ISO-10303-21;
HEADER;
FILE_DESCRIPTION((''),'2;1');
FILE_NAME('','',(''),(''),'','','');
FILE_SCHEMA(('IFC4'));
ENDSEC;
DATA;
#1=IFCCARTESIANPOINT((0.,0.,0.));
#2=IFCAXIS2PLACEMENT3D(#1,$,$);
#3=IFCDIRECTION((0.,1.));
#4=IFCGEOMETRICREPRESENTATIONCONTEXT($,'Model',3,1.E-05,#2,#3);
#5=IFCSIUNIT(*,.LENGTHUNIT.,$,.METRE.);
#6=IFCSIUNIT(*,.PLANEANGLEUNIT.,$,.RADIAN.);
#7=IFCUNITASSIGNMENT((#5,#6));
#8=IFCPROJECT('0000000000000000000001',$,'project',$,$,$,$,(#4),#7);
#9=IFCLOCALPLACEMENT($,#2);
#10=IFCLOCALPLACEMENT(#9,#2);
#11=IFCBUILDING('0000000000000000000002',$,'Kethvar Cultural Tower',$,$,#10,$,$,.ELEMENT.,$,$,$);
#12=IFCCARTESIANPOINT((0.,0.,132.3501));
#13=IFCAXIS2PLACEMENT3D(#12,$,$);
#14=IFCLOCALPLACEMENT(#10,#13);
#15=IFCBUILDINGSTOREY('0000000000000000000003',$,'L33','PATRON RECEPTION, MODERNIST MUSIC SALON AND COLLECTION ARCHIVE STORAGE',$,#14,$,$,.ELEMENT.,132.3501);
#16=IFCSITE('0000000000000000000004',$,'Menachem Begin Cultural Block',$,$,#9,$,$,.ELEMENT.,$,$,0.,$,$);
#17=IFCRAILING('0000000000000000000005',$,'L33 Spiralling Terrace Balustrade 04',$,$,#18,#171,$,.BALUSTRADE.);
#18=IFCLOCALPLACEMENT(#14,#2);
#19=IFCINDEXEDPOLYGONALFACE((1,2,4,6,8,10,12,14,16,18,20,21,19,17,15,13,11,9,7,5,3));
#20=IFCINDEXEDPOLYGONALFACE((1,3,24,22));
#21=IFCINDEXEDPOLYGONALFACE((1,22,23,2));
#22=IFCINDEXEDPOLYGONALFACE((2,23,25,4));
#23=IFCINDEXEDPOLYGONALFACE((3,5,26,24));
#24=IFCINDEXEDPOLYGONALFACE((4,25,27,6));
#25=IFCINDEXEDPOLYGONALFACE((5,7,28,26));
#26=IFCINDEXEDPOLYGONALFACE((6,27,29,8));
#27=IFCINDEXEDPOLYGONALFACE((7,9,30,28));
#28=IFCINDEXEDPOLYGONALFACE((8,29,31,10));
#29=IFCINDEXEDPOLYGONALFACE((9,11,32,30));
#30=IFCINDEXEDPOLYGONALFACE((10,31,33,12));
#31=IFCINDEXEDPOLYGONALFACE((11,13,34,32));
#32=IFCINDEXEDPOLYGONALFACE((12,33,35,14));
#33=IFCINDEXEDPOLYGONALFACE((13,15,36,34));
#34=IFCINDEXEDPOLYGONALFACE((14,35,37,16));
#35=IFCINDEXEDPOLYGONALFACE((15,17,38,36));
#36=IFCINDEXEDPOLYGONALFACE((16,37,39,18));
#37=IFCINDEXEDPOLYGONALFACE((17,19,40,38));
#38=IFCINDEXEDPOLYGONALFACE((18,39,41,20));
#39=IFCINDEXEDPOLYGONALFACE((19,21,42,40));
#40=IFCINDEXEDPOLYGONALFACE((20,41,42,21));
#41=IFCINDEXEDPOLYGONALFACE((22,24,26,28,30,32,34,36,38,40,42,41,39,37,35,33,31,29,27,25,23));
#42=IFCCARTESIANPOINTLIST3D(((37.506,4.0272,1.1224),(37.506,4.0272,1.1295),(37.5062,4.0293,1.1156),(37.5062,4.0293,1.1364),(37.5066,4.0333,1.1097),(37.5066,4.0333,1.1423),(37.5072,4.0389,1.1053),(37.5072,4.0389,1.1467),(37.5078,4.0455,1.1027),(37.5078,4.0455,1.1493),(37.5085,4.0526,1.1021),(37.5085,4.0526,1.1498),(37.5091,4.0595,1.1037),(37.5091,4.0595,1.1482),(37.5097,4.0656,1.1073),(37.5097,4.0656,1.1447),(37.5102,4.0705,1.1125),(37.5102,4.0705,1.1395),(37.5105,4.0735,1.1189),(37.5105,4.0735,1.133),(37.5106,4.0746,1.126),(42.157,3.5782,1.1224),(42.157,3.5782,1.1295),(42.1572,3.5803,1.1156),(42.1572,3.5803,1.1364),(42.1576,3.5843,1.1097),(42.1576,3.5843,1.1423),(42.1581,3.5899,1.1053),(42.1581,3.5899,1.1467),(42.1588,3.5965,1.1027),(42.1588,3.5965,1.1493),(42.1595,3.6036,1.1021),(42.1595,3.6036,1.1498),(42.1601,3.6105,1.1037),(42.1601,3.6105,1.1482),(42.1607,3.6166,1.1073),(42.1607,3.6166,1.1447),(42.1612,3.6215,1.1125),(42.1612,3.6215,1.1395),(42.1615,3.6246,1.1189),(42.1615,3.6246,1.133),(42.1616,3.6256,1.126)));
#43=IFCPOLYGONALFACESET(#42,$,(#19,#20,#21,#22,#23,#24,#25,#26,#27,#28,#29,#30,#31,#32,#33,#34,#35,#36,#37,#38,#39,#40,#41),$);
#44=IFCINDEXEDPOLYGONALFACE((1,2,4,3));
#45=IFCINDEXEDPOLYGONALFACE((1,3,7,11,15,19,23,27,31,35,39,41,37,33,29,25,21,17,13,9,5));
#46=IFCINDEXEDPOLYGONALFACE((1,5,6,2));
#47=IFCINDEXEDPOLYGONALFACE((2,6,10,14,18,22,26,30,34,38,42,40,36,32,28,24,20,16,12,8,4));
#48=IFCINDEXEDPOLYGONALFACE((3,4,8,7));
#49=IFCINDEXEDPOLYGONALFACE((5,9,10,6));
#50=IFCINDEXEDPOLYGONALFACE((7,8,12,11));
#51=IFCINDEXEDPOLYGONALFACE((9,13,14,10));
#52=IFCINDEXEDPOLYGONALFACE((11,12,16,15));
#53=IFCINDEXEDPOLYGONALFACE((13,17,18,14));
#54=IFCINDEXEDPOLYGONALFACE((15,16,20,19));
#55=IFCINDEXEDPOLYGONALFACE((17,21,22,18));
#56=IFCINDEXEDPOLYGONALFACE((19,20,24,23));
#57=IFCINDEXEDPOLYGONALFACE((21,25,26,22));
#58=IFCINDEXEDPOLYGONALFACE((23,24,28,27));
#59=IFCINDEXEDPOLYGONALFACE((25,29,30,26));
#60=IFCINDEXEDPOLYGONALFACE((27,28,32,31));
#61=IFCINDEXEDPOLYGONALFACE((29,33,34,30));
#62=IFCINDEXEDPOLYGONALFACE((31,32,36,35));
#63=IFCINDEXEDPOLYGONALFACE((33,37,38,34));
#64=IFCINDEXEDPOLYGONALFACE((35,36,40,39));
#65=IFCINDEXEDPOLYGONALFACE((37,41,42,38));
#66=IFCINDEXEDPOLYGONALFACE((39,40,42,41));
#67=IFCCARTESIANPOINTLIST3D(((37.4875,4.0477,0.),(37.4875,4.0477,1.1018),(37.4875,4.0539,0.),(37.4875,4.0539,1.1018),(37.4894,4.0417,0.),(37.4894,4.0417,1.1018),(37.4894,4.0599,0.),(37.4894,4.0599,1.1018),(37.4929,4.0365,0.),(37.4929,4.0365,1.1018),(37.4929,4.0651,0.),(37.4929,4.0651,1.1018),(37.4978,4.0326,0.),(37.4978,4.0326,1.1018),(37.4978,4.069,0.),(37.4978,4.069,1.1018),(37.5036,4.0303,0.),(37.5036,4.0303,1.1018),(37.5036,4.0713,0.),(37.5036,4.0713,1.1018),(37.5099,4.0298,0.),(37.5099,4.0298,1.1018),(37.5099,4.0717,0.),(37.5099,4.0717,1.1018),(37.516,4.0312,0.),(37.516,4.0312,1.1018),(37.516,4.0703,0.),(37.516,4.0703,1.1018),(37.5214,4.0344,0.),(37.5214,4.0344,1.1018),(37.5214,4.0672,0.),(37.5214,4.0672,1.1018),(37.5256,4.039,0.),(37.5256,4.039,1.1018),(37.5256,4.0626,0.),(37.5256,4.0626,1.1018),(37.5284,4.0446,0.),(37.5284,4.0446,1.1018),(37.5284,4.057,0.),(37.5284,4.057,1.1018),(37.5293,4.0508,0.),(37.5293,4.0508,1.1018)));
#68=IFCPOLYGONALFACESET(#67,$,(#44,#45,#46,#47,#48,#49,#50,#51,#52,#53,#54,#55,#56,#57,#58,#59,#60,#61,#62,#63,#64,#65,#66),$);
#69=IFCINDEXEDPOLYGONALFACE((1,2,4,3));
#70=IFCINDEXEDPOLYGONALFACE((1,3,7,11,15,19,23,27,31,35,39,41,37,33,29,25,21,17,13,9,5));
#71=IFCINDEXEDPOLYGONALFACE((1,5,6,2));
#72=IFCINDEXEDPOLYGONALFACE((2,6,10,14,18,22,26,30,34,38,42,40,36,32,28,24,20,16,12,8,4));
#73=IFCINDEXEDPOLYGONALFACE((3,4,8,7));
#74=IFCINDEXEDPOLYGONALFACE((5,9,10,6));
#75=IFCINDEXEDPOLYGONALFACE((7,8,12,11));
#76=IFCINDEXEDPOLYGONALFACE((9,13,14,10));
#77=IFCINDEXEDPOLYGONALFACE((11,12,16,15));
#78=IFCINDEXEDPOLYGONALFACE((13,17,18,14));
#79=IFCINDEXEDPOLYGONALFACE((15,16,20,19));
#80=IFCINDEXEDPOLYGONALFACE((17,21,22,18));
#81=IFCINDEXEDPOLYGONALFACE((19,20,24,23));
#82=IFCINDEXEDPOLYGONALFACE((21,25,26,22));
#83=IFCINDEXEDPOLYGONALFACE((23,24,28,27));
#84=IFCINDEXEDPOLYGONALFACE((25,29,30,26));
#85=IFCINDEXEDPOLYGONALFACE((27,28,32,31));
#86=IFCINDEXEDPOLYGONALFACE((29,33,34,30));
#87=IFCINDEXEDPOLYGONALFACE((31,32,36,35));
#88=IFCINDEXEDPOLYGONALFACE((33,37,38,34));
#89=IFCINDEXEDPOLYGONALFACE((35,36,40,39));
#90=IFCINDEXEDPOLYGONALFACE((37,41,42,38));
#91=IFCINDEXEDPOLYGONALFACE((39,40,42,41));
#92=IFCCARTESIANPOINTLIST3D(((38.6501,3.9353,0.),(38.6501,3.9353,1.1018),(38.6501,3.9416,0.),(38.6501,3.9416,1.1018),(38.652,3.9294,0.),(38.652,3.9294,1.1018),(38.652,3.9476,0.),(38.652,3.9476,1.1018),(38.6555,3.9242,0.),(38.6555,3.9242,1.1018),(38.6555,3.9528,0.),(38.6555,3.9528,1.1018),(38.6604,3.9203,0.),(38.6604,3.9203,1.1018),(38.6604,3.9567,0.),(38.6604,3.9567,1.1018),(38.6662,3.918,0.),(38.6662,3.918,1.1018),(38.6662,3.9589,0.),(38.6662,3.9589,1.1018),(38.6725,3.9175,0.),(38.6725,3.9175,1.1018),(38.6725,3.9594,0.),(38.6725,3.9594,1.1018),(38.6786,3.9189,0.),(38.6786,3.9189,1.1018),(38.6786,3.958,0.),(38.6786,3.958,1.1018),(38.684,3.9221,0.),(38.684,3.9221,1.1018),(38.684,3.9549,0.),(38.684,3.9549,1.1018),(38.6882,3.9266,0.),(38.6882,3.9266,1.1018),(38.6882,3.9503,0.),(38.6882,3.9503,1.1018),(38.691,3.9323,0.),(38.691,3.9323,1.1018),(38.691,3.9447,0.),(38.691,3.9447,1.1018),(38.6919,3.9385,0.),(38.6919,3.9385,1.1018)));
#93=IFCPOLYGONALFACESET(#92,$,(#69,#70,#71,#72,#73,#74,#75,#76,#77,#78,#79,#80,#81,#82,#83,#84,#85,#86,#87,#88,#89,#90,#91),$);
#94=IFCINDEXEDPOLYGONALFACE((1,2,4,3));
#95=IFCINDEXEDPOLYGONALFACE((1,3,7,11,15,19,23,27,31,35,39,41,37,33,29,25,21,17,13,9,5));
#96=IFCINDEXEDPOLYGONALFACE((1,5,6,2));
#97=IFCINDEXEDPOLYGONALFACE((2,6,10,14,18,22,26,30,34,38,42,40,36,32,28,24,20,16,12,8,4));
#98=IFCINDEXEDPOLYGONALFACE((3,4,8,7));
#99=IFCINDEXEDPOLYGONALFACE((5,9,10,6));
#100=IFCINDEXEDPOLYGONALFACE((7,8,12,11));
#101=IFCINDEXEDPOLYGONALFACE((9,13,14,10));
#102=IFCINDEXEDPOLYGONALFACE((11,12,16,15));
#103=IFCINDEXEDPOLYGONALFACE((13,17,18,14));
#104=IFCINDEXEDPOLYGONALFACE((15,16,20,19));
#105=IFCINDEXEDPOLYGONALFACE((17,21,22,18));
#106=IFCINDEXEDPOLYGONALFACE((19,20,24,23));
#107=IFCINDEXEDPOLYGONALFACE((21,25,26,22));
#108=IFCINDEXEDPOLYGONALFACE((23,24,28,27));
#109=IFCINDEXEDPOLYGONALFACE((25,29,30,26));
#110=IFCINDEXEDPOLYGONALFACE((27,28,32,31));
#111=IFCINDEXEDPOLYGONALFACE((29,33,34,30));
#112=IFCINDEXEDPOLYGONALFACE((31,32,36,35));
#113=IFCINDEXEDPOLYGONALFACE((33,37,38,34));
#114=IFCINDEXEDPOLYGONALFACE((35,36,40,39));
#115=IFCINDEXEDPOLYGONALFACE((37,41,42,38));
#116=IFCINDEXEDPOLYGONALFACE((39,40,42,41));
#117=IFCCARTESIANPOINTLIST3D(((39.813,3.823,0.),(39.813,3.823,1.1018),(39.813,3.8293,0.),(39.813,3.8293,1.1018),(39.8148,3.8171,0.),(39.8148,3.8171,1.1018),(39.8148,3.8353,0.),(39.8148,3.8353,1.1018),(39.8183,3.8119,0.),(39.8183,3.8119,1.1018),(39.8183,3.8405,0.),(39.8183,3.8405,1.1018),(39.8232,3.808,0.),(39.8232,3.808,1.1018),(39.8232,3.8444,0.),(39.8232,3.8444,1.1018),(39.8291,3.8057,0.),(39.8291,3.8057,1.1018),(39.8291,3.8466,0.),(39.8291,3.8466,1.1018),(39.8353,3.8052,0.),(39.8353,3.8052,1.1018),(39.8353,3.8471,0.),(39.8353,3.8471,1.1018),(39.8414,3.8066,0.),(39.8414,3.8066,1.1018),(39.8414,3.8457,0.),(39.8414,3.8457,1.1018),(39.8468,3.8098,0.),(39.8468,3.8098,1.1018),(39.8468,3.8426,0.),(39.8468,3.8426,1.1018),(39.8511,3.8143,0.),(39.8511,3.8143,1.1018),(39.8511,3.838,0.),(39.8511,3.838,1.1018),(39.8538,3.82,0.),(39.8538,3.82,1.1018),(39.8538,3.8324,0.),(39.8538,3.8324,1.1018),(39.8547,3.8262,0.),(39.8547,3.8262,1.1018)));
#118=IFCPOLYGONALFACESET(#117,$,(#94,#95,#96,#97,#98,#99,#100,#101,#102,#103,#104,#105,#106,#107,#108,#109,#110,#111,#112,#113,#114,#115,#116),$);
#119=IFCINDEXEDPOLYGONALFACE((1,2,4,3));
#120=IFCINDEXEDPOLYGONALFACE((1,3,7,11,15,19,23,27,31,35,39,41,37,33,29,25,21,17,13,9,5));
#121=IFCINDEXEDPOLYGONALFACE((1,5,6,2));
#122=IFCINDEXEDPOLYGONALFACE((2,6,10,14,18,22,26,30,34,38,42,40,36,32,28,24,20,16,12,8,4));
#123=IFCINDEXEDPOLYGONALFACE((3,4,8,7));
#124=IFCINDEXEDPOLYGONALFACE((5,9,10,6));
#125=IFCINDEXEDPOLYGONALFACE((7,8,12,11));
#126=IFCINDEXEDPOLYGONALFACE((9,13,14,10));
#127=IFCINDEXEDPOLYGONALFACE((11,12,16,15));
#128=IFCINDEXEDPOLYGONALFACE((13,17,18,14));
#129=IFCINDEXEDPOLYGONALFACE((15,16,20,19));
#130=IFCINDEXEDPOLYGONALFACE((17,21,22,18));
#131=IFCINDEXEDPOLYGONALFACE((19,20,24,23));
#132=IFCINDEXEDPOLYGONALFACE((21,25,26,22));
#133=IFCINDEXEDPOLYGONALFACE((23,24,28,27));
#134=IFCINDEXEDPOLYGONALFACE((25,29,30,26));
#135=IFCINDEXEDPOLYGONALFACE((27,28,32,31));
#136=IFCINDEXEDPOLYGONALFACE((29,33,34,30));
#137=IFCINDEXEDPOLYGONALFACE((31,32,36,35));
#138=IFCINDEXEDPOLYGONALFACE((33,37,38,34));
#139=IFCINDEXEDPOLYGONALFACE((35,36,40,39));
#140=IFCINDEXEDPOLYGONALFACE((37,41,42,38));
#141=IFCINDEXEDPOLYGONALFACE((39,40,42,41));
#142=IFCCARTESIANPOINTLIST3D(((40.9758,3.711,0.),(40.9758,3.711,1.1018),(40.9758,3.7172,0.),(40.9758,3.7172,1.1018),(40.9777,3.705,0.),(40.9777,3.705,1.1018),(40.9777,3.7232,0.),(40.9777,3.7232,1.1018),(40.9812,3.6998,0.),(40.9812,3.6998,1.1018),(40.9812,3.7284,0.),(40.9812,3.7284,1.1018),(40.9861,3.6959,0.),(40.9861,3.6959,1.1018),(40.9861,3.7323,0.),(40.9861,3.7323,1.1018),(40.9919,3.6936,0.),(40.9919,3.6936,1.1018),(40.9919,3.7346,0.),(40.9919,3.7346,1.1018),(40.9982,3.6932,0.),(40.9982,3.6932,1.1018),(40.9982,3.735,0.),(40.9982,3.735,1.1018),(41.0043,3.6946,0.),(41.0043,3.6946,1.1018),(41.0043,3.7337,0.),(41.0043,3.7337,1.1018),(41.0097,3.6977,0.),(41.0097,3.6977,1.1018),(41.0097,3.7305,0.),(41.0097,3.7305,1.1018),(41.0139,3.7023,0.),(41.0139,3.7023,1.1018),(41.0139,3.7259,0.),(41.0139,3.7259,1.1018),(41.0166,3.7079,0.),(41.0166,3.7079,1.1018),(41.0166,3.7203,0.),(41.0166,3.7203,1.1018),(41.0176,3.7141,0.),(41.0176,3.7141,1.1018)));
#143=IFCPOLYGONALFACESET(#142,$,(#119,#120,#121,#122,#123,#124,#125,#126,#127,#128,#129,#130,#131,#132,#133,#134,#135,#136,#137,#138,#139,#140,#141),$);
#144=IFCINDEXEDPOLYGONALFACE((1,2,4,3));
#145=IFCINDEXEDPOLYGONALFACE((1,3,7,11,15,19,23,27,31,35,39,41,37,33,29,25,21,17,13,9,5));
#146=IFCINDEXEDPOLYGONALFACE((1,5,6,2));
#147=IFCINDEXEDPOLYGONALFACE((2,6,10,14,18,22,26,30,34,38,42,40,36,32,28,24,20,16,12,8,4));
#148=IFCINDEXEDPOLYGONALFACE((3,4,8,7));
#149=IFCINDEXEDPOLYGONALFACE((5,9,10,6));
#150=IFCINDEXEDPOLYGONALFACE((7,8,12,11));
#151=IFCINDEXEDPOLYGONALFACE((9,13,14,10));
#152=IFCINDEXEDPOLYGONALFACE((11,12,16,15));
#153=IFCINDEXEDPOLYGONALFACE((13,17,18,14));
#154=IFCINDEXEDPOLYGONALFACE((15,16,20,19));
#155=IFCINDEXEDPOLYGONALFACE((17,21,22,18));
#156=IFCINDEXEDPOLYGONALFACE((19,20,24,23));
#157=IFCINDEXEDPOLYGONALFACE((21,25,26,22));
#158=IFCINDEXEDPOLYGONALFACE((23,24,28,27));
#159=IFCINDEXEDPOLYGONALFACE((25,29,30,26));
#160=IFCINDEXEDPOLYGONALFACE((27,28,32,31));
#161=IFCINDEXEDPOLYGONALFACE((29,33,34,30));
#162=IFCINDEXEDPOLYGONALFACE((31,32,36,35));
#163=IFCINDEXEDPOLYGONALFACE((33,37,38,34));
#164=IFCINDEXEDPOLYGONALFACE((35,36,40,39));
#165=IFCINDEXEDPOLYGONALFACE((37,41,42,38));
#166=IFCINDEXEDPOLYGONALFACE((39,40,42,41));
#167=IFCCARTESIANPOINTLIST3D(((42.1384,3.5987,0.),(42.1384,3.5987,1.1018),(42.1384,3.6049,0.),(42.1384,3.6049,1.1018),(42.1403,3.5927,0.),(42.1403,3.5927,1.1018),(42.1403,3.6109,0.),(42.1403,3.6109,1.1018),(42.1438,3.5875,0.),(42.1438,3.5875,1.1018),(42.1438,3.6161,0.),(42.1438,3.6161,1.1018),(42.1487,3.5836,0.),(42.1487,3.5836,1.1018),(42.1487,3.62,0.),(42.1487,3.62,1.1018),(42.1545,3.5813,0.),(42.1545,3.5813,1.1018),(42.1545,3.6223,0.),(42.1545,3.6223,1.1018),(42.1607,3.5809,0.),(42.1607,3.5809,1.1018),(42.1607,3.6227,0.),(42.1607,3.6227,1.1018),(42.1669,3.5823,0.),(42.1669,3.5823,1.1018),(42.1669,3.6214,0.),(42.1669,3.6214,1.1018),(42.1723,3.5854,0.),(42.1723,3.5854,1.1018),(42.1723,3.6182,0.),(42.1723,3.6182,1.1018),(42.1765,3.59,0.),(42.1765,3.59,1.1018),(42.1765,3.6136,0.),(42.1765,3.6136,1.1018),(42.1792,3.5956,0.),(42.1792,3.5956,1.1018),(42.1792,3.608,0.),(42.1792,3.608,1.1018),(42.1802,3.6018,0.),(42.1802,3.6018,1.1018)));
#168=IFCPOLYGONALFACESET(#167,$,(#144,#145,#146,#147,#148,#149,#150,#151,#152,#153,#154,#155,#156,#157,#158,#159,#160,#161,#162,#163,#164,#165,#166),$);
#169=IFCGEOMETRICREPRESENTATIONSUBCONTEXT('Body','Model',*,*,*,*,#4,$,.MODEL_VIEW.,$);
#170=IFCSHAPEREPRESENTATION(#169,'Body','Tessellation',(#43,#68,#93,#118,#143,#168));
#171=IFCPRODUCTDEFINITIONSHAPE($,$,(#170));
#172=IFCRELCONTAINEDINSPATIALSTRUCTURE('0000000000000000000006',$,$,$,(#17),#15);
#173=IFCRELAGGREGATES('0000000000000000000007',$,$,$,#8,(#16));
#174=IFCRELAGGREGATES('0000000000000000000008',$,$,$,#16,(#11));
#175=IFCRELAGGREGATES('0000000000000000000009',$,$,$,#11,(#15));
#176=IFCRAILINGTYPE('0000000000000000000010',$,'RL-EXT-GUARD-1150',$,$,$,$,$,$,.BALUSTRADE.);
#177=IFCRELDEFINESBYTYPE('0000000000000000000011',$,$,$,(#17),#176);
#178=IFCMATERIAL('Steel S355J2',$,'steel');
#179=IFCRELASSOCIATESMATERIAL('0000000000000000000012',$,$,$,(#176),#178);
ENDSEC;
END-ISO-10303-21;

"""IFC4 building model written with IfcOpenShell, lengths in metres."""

from ifc_helpers import new_model, si_unit, direction, frame, origin, origin_2d, place, context, subcontext, project, spatial, circle, extrude, material, type_object, element, save


model = new_model("IFC4")

# Units and contexts
model_context = context("Model", 3, precision=1e-05, world=origin(), true_north=direction((0.0, 1.0)))
body_context = subcontext(model_context, "Body", "Model", "MODEL_VIEW")
ifc_project = project(units=[si_unit("LENGTHUNIT", "METRE"), si_unit("PLANEANGLEUNIT", "RADIAN")], contexts=[model_context])

# Site, building, storey
site_placement = place(None, origin())
site = spatial("IfcSite", under=ifc_project, at=site_placement, Name="Menachem Begin Cultural Block", CompositionType="ELEMENT", RefElevation=0.0)
building_placement = place(site_placement, origin())
building = spatial("IfcBuilding", under=site, at=building_placement, Name="Kethvar Cultural Tower", CompositionType="ELEMENT")
storey_placement = place(building_placement, frame((0.0, 0.0, 132.3501)))
storey = spatial("IfcBuildingStorey", under=building, at=storey_placement, Name="L33", Description="PATRON RECEPTION, MODERNIST MUSIC SALON AND COLLECTION ARCHIVE STORAGE", CompositionType="ELEMENT", Elevation=132.3501)

# Shared definitions
ifc_material_1 = material(Name="Steel S355J2", Category="steel")

# Railing
railing_type = type_object("IfcRailingType", Name="RL-EXT-GUARD-1150", PredefinedType="BALUSTRADE", material=ifc_material_1)
railing_1_placement = place(storey_placement, frame((37.5083, 4.0508, 0.0)))
element("IfcRailing", 1, at=railing_1_placement, inside=storey, type_object=railing_type, Name="L33 Spiralling Terrace Balustrade 04", PredefinedType="BALUSTRADE", context=body_context, shape_type="SweptSolid", body=[
    extrude(circle(Radius=0.0239, at=origin_2d()), frame((0.0, 0.0, 1.126), z_axis=(0.995373, -0.096089, 0.0), x_axis=(0.096089, 0.995373, 0.0)), (0.0, 0.0, 1.0), 4.6726),
    extrude(circle(Radius=0.021, at=origin_2d()), origin(), (0.0, 0.0, 1.0), 1.1018),
    extrude(circle(Radius=0.021, at=origin_2d()), frame((1.1626, -0.1123, 0.0)), (0.0, 0.0, 1.0), 1.1018),
    extrude(circle(Radius=0.021, at=origin_2d()), frame((2.3254, -0.2246, 0.0)), (0.0, 0.0, 1.0), 1.1018),
    extrude(circle(Radius=0.021, at=origin_2d()), frame((3.4883, -0.3367, 0.0)), (0.0, 0.0, 1.0), 1.1018),
    extrude(circle(Radius=0.021, at=origin_2d()), frame((4.6509, -0.449, 0.0)), (0.0, 0.0, 1.0), 1.1018),
])

save(model, "model.ifc")
